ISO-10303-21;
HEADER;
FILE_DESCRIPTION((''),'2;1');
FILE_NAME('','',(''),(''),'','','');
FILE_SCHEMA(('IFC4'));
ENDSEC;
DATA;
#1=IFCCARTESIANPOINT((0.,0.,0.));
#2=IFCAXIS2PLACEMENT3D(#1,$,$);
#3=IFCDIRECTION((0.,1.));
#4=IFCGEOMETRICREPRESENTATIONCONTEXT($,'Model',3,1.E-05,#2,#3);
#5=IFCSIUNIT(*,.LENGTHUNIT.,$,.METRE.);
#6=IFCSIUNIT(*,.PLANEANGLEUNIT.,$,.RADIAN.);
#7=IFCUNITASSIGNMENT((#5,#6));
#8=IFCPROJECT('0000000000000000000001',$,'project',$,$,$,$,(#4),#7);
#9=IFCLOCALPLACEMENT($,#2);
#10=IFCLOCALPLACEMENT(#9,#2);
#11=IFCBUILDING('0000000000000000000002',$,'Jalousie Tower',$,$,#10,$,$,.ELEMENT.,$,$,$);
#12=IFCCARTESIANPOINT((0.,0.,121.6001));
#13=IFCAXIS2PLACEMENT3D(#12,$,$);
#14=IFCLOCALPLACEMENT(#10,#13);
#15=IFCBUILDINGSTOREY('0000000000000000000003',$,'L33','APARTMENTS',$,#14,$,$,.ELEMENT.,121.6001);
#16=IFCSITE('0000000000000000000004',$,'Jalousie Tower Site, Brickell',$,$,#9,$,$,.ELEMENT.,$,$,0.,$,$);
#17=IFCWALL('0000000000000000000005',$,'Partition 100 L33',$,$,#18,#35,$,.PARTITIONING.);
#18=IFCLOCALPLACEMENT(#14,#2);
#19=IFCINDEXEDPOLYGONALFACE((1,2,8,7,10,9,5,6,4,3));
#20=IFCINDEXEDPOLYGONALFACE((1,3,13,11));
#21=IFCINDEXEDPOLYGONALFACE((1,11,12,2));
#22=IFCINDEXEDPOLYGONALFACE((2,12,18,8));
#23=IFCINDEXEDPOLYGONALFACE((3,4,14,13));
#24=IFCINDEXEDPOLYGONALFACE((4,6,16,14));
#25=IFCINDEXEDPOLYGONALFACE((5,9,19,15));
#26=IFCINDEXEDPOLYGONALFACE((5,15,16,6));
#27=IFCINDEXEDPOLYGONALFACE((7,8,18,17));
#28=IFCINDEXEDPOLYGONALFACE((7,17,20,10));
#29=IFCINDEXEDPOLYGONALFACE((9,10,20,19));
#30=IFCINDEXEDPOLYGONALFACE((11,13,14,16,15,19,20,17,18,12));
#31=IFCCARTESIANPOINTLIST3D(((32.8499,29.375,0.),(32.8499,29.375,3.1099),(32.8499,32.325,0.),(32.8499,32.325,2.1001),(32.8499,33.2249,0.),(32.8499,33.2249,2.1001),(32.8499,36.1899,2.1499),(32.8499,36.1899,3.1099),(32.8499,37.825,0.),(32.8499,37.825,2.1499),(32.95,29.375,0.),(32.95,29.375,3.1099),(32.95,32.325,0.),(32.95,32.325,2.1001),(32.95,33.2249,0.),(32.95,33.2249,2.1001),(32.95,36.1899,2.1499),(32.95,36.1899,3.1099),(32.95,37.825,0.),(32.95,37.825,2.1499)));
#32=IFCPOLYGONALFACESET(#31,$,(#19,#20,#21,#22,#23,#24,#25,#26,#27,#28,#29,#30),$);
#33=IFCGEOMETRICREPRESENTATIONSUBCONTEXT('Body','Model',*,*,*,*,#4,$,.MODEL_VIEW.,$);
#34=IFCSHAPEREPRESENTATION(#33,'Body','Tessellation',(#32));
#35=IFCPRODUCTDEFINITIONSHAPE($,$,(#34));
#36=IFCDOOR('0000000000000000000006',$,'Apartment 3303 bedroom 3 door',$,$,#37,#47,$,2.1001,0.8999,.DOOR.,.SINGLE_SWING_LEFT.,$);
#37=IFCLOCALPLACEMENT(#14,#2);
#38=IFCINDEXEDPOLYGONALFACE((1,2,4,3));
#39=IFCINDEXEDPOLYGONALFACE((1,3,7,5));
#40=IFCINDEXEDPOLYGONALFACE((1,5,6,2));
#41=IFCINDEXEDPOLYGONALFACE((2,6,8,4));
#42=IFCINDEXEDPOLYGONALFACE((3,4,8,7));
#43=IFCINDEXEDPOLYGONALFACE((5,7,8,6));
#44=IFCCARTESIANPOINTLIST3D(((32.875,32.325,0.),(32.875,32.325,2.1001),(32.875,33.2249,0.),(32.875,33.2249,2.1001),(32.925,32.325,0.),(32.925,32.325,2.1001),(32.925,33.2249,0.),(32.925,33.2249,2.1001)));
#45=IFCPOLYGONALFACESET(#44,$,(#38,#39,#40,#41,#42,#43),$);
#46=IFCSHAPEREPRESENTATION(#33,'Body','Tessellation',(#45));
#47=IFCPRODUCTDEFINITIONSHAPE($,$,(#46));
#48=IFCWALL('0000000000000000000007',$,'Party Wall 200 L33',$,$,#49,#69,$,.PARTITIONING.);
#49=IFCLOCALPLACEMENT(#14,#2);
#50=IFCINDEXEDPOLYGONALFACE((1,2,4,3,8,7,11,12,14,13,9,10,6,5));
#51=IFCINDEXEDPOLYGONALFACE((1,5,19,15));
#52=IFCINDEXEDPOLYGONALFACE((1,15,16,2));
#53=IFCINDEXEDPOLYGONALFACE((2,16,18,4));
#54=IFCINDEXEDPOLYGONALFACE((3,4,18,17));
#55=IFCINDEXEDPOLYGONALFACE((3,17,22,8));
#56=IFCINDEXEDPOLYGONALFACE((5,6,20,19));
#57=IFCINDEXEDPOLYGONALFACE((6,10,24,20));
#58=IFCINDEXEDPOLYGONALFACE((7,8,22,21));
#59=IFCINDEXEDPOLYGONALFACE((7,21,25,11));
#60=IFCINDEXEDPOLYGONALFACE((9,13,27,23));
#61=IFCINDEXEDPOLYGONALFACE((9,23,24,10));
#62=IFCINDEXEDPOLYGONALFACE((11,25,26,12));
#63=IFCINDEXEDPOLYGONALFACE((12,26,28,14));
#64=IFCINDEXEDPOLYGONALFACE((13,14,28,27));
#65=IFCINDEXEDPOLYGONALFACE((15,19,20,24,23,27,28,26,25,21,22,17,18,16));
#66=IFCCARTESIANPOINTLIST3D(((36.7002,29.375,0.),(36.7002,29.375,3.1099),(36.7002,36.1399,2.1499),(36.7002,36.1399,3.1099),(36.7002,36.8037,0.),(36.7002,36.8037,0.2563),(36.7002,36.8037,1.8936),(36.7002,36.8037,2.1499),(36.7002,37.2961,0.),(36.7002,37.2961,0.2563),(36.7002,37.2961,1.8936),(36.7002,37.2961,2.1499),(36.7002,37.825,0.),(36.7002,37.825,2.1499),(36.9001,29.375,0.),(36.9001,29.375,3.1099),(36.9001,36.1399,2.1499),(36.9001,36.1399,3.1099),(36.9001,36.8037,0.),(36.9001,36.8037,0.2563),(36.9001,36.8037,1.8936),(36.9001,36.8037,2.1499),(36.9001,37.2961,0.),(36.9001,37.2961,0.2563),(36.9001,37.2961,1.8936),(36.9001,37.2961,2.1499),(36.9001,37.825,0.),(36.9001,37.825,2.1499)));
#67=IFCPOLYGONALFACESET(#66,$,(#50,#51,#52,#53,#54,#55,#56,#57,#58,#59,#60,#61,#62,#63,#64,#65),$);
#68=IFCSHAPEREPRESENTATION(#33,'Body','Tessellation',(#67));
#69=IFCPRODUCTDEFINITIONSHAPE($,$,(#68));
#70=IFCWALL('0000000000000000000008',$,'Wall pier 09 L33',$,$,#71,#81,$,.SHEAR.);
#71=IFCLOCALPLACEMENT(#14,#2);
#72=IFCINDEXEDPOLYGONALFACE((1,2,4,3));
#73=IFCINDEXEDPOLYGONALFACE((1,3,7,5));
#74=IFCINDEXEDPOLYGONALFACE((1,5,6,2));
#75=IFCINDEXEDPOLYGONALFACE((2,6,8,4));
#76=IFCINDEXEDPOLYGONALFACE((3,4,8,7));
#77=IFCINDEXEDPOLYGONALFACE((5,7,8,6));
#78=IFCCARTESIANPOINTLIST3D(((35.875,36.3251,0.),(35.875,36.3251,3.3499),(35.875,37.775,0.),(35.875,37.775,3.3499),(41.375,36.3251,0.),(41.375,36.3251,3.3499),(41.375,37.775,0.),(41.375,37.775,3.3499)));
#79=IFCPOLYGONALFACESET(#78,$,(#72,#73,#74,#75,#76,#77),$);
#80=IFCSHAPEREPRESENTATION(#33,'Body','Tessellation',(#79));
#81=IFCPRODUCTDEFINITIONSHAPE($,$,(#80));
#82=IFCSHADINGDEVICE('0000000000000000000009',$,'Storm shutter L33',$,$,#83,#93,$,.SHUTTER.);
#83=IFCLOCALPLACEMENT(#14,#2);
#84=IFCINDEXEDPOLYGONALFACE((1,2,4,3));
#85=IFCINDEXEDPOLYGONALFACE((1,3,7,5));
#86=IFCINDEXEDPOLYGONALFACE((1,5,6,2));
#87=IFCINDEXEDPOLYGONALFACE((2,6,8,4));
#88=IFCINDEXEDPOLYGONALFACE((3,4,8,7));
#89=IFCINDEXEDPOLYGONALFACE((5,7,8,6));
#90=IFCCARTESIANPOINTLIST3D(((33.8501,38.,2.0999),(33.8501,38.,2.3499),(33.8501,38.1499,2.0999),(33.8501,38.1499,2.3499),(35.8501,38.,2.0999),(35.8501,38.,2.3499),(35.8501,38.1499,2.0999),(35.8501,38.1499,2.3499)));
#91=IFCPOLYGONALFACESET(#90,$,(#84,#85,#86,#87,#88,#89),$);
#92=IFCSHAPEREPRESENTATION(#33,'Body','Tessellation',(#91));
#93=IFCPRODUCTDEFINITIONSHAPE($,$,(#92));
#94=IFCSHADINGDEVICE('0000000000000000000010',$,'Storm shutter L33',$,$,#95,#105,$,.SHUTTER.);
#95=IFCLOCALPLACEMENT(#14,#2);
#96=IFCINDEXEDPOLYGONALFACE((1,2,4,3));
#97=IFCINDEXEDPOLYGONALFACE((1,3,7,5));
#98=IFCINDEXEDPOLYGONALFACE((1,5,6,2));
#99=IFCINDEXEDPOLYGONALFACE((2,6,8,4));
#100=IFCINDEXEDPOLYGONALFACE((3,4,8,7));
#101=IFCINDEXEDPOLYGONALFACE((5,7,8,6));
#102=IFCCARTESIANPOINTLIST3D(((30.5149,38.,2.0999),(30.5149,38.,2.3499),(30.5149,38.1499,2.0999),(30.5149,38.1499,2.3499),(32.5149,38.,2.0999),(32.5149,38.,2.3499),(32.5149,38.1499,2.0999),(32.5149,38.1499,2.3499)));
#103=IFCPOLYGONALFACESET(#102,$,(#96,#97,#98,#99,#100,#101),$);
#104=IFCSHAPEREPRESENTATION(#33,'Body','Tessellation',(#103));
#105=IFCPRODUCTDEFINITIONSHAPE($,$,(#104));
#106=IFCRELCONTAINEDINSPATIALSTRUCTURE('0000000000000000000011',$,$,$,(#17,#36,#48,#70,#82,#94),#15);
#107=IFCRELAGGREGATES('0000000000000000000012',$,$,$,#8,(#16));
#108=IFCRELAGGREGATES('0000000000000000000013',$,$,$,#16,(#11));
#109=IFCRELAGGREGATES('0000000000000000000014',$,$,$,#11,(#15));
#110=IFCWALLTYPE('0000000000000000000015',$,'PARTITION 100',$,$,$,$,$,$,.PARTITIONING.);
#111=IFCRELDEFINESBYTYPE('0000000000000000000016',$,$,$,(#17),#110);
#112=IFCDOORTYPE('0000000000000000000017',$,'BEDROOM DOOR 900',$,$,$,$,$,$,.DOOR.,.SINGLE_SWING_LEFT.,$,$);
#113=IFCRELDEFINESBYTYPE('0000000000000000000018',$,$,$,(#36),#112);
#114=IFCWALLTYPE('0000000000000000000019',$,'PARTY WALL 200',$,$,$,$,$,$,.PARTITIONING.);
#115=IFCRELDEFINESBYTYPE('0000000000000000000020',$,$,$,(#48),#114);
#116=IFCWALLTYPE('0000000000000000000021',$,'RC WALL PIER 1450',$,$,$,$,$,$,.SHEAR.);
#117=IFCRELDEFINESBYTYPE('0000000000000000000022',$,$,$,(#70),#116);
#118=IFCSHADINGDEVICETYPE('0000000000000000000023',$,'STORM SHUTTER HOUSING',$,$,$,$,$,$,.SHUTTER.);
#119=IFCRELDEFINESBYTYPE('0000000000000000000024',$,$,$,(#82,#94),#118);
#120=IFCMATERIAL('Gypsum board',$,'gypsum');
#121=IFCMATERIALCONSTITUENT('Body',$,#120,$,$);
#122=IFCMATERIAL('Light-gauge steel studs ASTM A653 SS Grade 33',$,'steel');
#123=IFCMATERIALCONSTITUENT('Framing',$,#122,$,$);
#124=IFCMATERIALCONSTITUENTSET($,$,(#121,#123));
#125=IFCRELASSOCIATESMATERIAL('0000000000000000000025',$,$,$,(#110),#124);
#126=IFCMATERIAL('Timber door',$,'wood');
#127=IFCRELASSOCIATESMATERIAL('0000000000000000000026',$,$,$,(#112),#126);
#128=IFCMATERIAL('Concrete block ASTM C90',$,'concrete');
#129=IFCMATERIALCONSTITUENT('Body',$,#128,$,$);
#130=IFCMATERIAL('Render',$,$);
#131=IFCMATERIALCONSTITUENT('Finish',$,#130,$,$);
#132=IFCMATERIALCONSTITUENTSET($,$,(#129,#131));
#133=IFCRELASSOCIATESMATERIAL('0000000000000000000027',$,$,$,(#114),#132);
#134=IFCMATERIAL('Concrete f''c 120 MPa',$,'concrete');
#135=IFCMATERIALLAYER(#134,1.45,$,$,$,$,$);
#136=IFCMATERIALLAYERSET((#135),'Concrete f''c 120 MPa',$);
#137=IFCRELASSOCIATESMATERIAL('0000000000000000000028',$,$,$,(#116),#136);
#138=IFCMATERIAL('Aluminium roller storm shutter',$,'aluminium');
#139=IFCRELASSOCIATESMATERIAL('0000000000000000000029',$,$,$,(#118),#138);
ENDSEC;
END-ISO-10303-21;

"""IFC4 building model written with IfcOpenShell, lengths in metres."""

from ifc_helpers import new_model, si_unit, direction, frame, frame_2d, origin, origin_2d, place, context, subcontext, project, spatial, polyline, rectangle, outline, extrude, material, layer, layer_set, constituent, constituent_set, type_object, element, fill, save


model = new_model("IFC4")

# Units and contexts
model_context = context("Model", 3, precision=1e-05, world=origin(), true_north=direction((0.0, 1.0)))
body_context = subcontext(model_context, "Body", "Model", "MODEL_VIEW")
ifc_project = project(units=[si_unit("LENGTHUNIT", "METRE"), si_unit("PLANEANGLEUNIT", "RADIAN")], contexts=[model_context])

# Site, building, storey
site_placement = place(None, origin())
site = spatial("IfcSite", under=ifc_project, at=site_placement, Name="Jalousie Tower Site, Brickell", CompositionType="ELEMENT", RefElevation=0.0)
building_placement = place(site_placement, origin())
building = spatial("IfcBuilding", under=site, at=building_placement, Name="Jalousie Tower", CompositionType="ELEMENT")
storey_placement = place(building_placement, frame((0.0, 0.0, 121.6001)))
storey = spatial("IfcBuildingStorey", under=building, at=storey_placement, Name="L33", Description="APARTMENTS", CompositionType="ELEMENT", Elevation=121.6001)

# Wall, opening, door
ifc_material_1 = material(Name="Gypsum board", Category="gypsum")
ifc_constituent_1 = constituent(ifc_material_1, Name="Body")
ifc_material_2 = material(Name="Light-gauge steel studs ASTM A653 SS Grade 33", Category="steel")
ifc_constituent_2 = constituent(ifc_material_2, Name="Framing")
ifc_constituent_set_1 = constituent_set(constituents=[ifc_constituent_1, ifc_constituent_2])
wall_type_1 = type_object("IfcWallType", Name="PARTITION 100", PredefinedType="PARTITIONING", material=ifc_constituent_set_1)
ifc_material_3 = material(Name="Timber door", Category="wood")
door_type = type_object("IfcDoorType", Name="BEDROOM DOOR 900", OperationType="SINGLE_SWING_LEFT", PredefinedType="DOOR", material=ifc_material_3)
wall_1_placement = place(storey_placement, frame((32.8999, 37.825, 0.0), z_axis=(0.0, 0.0, 1.0), x_axis=(0.0, -1.0, 0.0)))
wall_1 = element("IfcWall", 1, at=wall_1_placement, inside=storey, type_object=wall_type_1, Name="Partition 100 L33", PredefinedType="PARTITIONING", context=body_context, shape_type="SweptSolid", body=[
    extrude(outline(polyline([(0.0, 0.0), (8.45, 0.0), (8.45, 3.1099), (1.635, 3.1099), (1.635, 2.1499), (0.0, 2.1499), (0.0, 3.1099), (0.0, 0.0)])), frame((0.0, 0.05, 0.0), z_axis=(0.0, -1.0, 0.0), x_axis=(1.0, 0.0, 0.0)), (0.0, 0.0, 1.0), 0.1001),
])
opening_1_placement = place(wall_1_placement, frame((4.6001, 0.0, 0.0)))
opening_1 = element("IfcOpeningElement", 2, at=opening_1_placement, cuts=wall_1, PredefinedType="OPENING", context=body_context, shape_type="SweptSolid", body=[
    extrude(rectangle(XDim=0.8999, YDim=2.1001, at=frame_2d((0.45, 1.05))), frame((0.0, 0.0601, 0.0), z_axis=(0.0, -1.0, 0.0), x_axis=(1.0, 0.0, 0.0)), (0.0, 0.0, 1.0), 0.1201),
])
door_1_placement = place(opening_1_placement, frame((0.8999, 0.0, 0.0), z_axis=(0.0, 0.0, 1.0), x_axis=(-1.0, 0.0, 0.0)))
door_1 = element("IfcDoor", 3, at=door_1_placement, inside=storey, type_object=door_type, Name="Apartment 3303 bedroom 3 door", OperationType="SINGLE_SWING_LEFT", OverallHeight=2.1001, OverallWidth=0.8999, PredefinedType="DOOR", context=body_context, shape_type="SweptSolid", body=[
    extrude(rectangle(XDim=0.8999, YDim=2.1001, at=frame_2d((0.45, 1.05))), frame((0.0, 0.0249, 0.0), z_axis=(0.0, -1.0, 0.0), x_axis=(1.0, 0.0, 0.0)), (0.0, 0.0, 1.0), 0.05),
])
fill(opening_1, door_1)

# Walls
ifc_material_4 = material(Name="Concrete block ASTM C90", Category="concrete")
ifc_constituent_3 = constituent(ifc_material_4, Name="Body")
ifc_material_5 = material(Name="Render")
ifc_constituent_4 = constituent(ifc_material_5, Name="Finish")
ifc_constituent_set_2 = constituent_set(constituents=[ifc_constituent_3, ifc_constituent_4])
wall_type_2 = type_object("IfcWallType", Name="PARTY WALL 200", PredefinedType="PARTITIONING", material=ifc_constituent_set_2)
wall_2_placement = place(storey_placement, frame((36.8, 37.825, 0.0), z_axis=(0.0, 0.0, 1.0), x_axis=(0.0, -1.0, 0.0)))
element("IfcWall", 4, at=wall_2_placement, inside=storey, type_object=wall_type_2, Name="Party Wall 200 L33", PredefinedType="PARTITIONING", context=body_context, shape_type="SweptSolid", body=[
    extrude(outline(polyline([(0.5288, 2.1499), (0.0, 2.1499), (0.0, 0.0), (0.5288, 0.0), (0.5288, 0.2563), (1.0212, 0.2563), (1.0212, 0.0), (8.45, 0.0), (8.45, 3.1099), (1.6851, 3.1099), (1.6851, 2.1499), (1.0212, 2.1499), (1.0212, 1.8936), (0.5288, 1.8936), (0.5288, 2.1499)])), frame((0.0, 0.1001, 0.0), z_axis=(0.0, -1.0, 0.0), x_axis=(1.0, 0.0, 0.0)), (0.0, 0.0, 1.0), 0.2),
])
ifc_material_6 = material(Name="Concrete f'c 120 MPa", Category="concrete")
ifc_layer_1 = layer(ifc_material_6, 1.45)
ifc_layer_set_1 = layer_set([ifc_layer_1], Name="Concrete f'c 120 MPa")
wall_type_3 = type_object("IfcWallType", Name="RC WALL PIER 1450", PredefinedType="SHEAR", material=ifc_layer_set_1)
wall_3_placement = place(storey_placement, frame((35.875, 37.05, 0.0), z_axis=(0.0, 0.0, 1.0), x_axis=(1.0, 0.0, 0.0)))
element("IfcWall", 5, at=wall_3_placement, inside=storey, type_object=wall_type_3, Name="Wall pier 09 L33", PredefinedType="SHEAR", context=body_context, shape_type="SweptSolid", body=[
    extrude(rectangle(XDim=5.5, YDim=1.45, at=frame_2d((2.75, 0.0))), origin(), (0.0, 0.0, 1.0), 3.3499),
])

# Shading devices
ifc_material_7 = material(Name="Aluminium roller storm shutter", Category="aluminium")
shading_device_type = type_object("IfcShadingDeviceType", Name="STORM SHUTTER HOUSING", PredefinedType="SHUTTER", material=ifc_material_7)
for number, where, z_axis, x_axis, name in (
    (6, (34.8501, 38.075, 2.0999), (0.0, 0.0, 1.0), (-1.0, 0.0, 0.0), "Storm shutter L33"),
    (7, (31.5149, 38.075, 2.0999), (0.0, 0.0, 1.0), (-1.0, 0.0, 0.0), "Storm shutter L33"),
):
    element("IfcShadingDevice", number, at=place(storey_placement, frame(where, z_axis=z_axis, x_axis=x_axis)), inside=storey, type_object=shading_device_type, Name=name, PredefinedType="SHUTTER", context=body_context, shape_type="SweptSolid", body=[
        extrude(rectangle(XDim=2.0, YDim=0.1499, at=origin_2d()), origin(), (0.0, 0.0, 1.0), 0.25),
    ])

save(model, "model.ifc")
